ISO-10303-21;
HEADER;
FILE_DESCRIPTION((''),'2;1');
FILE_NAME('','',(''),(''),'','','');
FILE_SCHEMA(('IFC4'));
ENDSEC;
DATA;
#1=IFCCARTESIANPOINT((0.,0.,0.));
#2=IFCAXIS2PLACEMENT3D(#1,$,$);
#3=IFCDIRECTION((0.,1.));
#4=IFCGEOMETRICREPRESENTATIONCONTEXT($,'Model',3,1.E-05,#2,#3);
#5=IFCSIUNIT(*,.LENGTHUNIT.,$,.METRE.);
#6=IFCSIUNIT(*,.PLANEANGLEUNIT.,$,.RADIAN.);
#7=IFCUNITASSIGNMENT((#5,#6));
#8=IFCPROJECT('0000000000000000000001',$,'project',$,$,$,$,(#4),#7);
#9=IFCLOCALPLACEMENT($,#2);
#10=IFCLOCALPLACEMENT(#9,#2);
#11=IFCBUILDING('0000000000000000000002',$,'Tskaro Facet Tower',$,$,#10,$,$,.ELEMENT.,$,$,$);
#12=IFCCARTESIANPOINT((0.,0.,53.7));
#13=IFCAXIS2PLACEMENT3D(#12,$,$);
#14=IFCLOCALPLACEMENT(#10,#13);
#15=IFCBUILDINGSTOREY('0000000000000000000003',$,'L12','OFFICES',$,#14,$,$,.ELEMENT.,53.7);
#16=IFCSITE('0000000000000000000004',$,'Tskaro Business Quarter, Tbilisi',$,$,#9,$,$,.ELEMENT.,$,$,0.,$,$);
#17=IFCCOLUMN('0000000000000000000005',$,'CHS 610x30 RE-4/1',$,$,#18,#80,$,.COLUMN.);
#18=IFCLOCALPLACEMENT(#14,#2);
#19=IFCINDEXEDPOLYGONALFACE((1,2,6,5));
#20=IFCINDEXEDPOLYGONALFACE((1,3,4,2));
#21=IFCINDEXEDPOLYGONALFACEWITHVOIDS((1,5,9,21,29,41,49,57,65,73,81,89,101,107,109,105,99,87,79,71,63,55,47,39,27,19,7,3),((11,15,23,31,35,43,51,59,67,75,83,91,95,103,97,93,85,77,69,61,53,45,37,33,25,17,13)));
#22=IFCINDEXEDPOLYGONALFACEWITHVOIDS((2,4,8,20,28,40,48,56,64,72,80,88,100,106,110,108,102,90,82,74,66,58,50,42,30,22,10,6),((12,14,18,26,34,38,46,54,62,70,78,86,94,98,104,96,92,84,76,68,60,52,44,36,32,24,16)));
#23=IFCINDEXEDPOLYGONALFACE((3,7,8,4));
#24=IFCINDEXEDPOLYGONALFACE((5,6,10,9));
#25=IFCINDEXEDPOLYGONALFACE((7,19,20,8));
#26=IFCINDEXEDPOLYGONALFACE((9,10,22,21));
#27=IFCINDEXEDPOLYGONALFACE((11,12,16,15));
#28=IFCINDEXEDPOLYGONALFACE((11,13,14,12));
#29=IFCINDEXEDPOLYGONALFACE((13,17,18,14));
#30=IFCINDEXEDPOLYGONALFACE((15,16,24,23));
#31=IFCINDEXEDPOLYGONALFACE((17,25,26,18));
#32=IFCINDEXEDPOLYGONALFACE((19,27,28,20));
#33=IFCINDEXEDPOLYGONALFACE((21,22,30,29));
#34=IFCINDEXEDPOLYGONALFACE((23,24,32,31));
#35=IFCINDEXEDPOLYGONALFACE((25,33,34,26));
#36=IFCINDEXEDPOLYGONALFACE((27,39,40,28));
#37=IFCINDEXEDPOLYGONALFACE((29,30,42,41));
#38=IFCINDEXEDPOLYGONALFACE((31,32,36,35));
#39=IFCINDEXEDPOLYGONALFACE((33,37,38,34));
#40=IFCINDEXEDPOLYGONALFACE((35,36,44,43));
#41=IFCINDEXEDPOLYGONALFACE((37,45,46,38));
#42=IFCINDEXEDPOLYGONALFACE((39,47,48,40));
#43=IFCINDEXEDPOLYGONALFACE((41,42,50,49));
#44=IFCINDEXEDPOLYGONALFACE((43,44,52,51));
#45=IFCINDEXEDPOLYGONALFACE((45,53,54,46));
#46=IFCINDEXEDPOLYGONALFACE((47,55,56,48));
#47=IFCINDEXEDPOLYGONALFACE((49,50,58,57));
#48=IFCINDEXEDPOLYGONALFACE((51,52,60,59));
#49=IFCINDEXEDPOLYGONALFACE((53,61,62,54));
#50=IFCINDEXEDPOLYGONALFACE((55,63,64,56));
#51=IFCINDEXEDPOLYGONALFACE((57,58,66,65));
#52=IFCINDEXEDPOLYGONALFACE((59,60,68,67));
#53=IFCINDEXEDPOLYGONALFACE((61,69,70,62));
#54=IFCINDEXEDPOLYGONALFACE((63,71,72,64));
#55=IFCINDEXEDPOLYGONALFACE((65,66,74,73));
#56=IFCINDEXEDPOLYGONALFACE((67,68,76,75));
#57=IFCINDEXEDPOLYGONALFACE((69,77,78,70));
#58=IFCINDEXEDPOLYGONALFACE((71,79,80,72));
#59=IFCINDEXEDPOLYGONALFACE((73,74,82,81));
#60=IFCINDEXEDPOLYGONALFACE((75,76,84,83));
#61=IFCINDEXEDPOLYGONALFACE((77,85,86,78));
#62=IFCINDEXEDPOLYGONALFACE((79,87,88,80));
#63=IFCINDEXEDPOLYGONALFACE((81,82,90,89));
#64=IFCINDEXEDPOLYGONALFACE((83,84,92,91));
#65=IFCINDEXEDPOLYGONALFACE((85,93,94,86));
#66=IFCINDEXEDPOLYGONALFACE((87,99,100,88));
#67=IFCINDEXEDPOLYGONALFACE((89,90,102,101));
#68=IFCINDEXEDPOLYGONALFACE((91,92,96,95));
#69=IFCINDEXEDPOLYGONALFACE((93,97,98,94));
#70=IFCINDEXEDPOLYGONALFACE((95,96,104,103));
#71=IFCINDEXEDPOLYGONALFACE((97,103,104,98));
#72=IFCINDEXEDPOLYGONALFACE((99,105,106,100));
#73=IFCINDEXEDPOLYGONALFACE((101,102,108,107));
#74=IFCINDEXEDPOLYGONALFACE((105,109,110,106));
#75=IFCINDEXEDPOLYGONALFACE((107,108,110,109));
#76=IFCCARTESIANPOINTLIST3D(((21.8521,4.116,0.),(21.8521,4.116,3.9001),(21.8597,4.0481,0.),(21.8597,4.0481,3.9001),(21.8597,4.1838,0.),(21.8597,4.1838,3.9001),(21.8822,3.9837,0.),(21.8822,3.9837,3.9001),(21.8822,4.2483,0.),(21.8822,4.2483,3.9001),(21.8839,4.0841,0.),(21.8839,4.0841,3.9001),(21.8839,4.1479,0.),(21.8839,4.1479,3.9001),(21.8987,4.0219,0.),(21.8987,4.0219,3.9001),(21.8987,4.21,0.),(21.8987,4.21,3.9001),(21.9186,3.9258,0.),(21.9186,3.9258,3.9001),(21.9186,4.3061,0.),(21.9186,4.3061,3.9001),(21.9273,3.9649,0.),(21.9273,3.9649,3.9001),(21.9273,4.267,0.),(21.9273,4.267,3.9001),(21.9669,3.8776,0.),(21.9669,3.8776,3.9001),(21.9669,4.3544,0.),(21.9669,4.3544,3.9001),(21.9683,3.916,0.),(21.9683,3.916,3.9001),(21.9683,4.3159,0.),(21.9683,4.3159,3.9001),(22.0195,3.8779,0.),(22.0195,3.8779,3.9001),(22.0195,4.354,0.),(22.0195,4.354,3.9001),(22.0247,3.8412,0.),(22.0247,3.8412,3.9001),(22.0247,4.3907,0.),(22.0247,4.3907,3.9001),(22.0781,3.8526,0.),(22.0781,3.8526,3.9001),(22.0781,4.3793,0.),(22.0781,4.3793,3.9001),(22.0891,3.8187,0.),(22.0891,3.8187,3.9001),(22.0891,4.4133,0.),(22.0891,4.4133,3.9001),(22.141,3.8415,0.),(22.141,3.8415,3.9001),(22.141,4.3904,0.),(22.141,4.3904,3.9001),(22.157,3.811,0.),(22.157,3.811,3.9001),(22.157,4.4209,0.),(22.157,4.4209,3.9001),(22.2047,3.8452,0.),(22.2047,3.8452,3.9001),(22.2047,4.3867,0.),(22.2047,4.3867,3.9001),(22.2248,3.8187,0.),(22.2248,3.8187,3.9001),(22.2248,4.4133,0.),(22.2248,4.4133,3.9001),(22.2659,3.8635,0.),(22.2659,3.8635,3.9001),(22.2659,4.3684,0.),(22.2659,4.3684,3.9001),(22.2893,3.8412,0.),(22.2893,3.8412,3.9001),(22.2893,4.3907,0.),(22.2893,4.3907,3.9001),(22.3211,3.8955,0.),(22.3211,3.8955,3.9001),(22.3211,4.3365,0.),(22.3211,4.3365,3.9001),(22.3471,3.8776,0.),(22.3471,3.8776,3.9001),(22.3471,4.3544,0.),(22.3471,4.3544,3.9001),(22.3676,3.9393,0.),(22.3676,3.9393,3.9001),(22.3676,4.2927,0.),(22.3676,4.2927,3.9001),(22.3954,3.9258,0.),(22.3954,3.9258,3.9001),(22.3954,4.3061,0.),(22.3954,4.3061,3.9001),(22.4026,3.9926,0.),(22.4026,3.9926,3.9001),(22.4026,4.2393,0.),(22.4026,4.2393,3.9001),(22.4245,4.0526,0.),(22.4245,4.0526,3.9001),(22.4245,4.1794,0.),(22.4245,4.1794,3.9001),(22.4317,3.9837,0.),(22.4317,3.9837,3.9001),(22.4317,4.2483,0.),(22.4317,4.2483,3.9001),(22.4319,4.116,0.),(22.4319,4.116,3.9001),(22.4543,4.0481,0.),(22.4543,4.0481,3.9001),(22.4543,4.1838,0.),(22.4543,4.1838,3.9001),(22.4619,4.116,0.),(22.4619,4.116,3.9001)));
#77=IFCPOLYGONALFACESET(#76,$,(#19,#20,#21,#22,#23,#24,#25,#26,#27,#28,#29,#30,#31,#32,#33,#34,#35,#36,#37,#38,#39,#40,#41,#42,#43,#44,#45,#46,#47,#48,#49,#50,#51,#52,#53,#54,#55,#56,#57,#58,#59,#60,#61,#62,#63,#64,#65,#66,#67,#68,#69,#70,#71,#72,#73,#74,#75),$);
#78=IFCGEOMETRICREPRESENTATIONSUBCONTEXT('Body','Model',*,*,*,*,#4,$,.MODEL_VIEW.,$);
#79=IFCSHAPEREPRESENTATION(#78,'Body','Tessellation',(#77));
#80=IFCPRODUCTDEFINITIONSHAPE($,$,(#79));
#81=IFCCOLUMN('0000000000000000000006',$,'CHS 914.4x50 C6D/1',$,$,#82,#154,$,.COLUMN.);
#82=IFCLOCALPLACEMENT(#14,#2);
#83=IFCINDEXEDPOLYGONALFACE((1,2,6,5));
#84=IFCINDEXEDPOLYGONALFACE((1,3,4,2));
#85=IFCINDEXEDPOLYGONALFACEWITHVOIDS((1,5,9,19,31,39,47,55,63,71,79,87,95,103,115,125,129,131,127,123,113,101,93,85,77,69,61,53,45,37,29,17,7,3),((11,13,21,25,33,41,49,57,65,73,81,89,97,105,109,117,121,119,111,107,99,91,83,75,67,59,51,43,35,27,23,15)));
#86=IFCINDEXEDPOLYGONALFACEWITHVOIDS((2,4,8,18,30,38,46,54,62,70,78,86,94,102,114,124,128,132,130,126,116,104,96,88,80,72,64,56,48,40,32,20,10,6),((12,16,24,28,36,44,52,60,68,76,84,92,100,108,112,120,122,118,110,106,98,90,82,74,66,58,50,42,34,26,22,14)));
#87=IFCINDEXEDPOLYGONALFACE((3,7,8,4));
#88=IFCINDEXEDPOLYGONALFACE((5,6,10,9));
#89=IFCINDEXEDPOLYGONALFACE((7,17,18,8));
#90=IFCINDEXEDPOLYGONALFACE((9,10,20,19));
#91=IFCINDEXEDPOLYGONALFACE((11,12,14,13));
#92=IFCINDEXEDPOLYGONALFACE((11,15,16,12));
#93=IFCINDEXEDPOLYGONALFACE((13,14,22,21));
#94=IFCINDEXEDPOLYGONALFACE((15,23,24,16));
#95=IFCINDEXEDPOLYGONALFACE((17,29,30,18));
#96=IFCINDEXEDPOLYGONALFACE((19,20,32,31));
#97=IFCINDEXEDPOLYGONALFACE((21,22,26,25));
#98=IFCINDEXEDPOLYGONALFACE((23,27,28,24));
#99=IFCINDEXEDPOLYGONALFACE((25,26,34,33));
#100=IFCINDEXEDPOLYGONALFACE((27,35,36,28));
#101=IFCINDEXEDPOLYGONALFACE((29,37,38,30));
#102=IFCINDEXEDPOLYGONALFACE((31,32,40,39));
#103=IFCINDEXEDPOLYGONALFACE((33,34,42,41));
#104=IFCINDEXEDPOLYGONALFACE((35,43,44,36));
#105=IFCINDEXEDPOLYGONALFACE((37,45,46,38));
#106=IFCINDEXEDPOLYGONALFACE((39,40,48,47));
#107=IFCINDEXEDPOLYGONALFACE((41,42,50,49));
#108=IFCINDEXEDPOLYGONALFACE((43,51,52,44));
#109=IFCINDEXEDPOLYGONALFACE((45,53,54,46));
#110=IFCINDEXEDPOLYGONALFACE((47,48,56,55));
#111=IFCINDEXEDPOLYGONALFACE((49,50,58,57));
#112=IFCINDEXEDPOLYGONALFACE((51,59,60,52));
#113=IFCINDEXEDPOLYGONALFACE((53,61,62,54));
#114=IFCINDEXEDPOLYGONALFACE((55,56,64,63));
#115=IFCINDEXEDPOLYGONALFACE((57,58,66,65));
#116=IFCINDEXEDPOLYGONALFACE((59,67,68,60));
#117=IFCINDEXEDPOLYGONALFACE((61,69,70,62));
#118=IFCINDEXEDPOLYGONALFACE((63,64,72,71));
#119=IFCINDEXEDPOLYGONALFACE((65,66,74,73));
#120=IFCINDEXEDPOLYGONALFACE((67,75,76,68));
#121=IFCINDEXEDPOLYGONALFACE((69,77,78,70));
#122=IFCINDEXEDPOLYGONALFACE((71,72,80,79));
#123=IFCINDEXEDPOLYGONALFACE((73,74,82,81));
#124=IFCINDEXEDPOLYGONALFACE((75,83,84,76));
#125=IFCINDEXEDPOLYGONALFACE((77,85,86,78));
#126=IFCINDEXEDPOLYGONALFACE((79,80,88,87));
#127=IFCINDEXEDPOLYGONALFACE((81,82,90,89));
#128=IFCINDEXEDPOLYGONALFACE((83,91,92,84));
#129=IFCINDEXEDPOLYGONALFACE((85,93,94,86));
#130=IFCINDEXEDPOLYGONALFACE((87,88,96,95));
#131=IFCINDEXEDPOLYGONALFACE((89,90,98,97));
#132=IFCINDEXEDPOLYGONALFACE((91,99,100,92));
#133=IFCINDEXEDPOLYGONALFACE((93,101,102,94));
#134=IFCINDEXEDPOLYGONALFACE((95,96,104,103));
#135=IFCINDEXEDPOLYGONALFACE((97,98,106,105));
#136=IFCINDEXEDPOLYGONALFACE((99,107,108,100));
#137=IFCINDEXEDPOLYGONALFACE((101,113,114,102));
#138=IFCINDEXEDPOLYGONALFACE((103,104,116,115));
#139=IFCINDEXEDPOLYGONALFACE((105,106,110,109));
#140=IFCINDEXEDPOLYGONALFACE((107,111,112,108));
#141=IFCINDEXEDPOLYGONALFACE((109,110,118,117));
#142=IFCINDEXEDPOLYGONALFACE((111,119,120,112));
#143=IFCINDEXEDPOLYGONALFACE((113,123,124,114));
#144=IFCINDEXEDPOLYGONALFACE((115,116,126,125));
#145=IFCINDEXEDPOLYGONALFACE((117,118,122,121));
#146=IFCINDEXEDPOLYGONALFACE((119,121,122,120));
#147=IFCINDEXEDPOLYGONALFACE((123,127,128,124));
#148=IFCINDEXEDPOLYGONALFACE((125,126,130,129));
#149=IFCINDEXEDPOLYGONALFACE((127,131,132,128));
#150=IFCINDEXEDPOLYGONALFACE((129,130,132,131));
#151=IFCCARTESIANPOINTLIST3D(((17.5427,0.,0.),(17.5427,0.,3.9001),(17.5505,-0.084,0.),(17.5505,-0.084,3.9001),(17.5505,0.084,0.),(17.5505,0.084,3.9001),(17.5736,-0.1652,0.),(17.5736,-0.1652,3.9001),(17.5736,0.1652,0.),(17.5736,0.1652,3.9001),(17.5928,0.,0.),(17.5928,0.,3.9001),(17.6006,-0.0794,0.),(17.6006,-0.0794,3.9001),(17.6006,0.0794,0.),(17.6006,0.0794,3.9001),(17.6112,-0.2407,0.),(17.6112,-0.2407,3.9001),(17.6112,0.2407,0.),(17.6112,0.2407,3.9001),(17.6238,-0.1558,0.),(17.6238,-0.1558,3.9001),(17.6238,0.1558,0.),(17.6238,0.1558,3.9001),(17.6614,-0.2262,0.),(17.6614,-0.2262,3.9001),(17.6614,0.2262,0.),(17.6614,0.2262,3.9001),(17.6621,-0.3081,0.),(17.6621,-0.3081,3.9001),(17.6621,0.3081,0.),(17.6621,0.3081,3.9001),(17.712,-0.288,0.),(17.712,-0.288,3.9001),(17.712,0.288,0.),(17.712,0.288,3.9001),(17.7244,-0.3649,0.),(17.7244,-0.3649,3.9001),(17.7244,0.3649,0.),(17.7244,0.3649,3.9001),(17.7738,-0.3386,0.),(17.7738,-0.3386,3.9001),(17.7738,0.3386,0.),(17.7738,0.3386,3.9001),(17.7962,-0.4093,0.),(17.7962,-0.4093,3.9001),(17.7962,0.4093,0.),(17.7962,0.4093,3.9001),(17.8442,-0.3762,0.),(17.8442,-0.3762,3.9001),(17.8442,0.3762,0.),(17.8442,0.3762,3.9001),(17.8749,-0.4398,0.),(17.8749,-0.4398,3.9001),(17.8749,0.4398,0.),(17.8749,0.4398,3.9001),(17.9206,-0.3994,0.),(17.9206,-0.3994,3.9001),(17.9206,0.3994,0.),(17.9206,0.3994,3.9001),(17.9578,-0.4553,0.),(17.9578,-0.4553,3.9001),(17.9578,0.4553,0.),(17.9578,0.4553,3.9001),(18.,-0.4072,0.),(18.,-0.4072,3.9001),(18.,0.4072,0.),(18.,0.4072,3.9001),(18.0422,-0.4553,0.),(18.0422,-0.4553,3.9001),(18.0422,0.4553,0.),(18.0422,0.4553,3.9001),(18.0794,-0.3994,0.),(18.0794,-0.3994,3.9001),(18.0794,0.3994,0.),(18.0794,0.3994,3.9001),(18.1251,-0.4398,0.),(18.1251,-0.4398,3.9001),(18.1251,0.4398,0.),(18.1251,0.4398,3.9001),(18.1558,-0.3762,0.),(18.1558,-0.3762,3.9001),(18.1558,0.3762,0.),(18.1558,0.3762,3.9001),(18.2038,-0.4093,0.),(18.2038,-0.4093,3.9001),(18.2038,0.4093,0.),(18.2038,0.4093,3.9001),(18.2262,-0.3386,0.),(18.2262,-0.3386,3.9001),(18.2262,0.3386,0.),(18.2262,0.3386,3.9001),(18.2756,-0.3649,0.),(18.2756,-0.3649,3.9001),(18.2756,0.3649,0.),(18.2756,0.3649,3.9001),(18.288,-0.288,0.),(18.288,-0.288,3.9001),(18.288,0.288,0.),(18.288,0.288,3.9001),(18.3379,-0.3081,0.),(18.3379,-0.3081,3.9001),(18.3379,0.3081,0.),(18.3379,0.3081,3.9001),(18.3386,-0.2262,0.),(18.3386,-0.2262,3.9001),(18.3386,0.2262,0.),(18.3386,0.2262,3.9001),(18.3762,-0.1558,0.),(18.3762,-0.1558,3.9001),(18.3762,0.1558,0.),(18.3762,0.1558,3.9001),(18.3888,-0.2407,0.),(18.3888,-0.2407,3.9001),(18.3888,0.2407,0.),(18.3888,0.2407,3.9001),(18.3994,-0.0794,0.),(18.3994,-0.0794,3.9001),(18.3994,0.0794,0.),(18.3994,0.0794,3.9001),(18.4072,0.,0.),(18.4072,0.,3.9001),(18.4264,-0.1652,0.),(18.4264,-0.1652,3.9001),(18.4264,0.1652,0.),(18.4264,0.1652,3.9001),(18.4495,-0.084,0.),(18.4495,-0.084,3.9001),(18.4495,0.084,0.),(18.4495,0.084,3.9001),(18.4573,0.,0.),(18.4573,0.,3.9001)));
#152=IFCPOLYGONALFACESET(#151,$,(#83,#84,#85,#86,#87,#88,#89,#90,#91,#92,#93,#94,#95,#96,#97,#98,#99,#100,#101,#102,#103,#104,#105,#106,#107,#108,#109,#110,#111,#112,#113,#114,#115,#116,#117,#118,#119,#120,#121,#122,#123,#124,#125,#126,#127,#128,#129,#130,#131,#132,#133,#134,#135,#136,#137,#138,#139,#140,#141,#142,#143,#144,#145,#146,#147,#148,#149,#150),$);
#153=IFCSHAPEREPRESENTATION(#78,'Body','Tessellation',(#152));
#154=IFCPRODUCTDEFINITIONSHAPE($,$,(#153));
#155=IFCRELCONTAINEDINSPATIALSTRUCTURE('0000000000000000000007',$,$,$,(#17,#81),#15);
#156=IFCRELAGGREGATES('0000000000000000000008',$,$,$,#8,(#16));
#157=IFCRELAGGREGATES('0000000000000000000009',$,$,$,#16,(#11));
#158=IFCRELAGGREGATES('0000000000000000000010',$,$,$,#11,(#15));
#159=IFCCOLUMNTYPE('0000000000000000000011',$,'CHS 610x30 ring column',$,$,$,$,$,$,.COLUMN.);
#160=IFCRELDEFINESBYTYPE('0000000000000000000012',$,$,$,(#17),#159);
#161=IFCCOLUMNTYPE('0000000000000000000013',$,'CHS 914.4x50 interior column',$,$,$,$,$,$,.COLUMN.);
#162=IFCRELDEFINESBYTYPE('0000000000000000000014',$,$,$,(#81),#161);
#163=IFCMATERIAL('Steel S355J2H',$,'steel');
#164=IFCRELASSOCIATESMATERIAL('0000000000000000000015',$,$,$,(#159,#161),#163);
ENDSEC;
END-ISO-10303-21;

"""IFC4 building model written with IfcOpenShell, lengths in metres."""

from ifc_helpers import new_model, si_unit, direction, frame, origin, origin_2d, place, context, subcontext, project, spatial, hollow_circle, extrude, material, material_profile, profile_set, type_object, element, save


model = new_model("IFC4")

# Units and contexts
model_context = context("Model", 3, precision=1e-05, world=origin(), true_north=direction((0.0, 1.0)))
body_context = subcontext(model_context, "Body", "Model", "MODEL_VIEW")
ifc_project = project(units=[si_unit("LENGTHUNIT", "METRE"), si_unit("PLANEANGLEUNIT", "RADIAN")], contexts=[model_context])

# Site, building, storey
site_placement = place(None, origin())
site = spatial("IfcSite", under=ifc_project, at=site_placement, Name="Tskaro Business Quarter, Tbilisi", CompositionType="ELEMENT", RefElevation=0.0)
building_placement = place(site_placement, origin())
building = spatial("IfcBuilding", under=site, at=building_placement, Name="Tskaro Facet Tower", CompositionType="ELEMENT")
storey_placement = place(building_placement, frame((0.0, 0.0, 53.7)))
storey = spatial("IfcBuildingStorey", under=building, at=storey_placement, Name="L12", Description="OFFICES", CompositionType="ELEMENT", Elevation=53.7)

# Columns
ifc_material_1 = material(Name="Steel S355J2H", Category="steel")
ifc_material_profile_1 = material_profile(ifc_material_1, hollow_circle(Radius=0.3049, WallThickness=0.03, at=origin_2d()), Name="CHS 610x30")
ifc_profile_set_1 = profile_set([ifc_material_profile_1], Name="Steel S355J2H")
column_type_1 = type_object("IfcColumnType", Name="CHS 610x30 ring column", PredefinedType="COLUMN", material=ifc_profile_set_1)
column_placement = place(storey_placement, frame((22.157, 4.116, 0.0), z_axis=(0.0, 0.0, 1.0), x_axis=(1.0, 0.0, 0.0)))
element("IfcColumn", 1, at=column_placement, inside=storey, type_object=column_type_1, Name="CHS 610x30 RE-4/1", PredefinedType="COLUMN", context=body_context, shape_type="SweptSolid", body=[
    extrude(hollow_circle(Radius=0.3049, WallThickness=0.03, at=origin_2d()), origin(), (0.0, 0.0, 1.0), 3.9001),
])
ifc_material_profile_2 = material_profile(ifc_material_1, hollow_circle(Radius=0.4573, WallThickness=0.05, at=origin_2d()), Name="CHS 914.4x50")
ifc_profile_set_2 = profile_set([ifc_material_profile_2], Name="Steel S355J2H")
column_type_2 = type_object("IfcColumnType", Name="CHS 914.4x50 interior column", PredefinedType="COLUMN", material=ifc_profile_set_2)
for number, where, z_axis, x_axis, name in (
    (2, (18.0, 0.0, 0.0), (0.0, 0.0, 1.0), (1.0, 0.0, 0.0), "CHS 914.4x50 C6D/1"),
):
    element("IfcColumn", number, at=place(storey_placement, frame(where, z_axis=z_axis, x_axis=x_axis)), inside=storey, type_object=column_type_2, Name=name, PredefinedType="COLUMN", context=body_context, shape_type="SweptSolid", body=[
        extrude(hollow_circle(Radius=0.4573, WallThickness=0.05, at=origin_2d()), origin(), (0.0, 0.0, 1.0), 3.9001),
    ])

save(model, "model.ifc")
